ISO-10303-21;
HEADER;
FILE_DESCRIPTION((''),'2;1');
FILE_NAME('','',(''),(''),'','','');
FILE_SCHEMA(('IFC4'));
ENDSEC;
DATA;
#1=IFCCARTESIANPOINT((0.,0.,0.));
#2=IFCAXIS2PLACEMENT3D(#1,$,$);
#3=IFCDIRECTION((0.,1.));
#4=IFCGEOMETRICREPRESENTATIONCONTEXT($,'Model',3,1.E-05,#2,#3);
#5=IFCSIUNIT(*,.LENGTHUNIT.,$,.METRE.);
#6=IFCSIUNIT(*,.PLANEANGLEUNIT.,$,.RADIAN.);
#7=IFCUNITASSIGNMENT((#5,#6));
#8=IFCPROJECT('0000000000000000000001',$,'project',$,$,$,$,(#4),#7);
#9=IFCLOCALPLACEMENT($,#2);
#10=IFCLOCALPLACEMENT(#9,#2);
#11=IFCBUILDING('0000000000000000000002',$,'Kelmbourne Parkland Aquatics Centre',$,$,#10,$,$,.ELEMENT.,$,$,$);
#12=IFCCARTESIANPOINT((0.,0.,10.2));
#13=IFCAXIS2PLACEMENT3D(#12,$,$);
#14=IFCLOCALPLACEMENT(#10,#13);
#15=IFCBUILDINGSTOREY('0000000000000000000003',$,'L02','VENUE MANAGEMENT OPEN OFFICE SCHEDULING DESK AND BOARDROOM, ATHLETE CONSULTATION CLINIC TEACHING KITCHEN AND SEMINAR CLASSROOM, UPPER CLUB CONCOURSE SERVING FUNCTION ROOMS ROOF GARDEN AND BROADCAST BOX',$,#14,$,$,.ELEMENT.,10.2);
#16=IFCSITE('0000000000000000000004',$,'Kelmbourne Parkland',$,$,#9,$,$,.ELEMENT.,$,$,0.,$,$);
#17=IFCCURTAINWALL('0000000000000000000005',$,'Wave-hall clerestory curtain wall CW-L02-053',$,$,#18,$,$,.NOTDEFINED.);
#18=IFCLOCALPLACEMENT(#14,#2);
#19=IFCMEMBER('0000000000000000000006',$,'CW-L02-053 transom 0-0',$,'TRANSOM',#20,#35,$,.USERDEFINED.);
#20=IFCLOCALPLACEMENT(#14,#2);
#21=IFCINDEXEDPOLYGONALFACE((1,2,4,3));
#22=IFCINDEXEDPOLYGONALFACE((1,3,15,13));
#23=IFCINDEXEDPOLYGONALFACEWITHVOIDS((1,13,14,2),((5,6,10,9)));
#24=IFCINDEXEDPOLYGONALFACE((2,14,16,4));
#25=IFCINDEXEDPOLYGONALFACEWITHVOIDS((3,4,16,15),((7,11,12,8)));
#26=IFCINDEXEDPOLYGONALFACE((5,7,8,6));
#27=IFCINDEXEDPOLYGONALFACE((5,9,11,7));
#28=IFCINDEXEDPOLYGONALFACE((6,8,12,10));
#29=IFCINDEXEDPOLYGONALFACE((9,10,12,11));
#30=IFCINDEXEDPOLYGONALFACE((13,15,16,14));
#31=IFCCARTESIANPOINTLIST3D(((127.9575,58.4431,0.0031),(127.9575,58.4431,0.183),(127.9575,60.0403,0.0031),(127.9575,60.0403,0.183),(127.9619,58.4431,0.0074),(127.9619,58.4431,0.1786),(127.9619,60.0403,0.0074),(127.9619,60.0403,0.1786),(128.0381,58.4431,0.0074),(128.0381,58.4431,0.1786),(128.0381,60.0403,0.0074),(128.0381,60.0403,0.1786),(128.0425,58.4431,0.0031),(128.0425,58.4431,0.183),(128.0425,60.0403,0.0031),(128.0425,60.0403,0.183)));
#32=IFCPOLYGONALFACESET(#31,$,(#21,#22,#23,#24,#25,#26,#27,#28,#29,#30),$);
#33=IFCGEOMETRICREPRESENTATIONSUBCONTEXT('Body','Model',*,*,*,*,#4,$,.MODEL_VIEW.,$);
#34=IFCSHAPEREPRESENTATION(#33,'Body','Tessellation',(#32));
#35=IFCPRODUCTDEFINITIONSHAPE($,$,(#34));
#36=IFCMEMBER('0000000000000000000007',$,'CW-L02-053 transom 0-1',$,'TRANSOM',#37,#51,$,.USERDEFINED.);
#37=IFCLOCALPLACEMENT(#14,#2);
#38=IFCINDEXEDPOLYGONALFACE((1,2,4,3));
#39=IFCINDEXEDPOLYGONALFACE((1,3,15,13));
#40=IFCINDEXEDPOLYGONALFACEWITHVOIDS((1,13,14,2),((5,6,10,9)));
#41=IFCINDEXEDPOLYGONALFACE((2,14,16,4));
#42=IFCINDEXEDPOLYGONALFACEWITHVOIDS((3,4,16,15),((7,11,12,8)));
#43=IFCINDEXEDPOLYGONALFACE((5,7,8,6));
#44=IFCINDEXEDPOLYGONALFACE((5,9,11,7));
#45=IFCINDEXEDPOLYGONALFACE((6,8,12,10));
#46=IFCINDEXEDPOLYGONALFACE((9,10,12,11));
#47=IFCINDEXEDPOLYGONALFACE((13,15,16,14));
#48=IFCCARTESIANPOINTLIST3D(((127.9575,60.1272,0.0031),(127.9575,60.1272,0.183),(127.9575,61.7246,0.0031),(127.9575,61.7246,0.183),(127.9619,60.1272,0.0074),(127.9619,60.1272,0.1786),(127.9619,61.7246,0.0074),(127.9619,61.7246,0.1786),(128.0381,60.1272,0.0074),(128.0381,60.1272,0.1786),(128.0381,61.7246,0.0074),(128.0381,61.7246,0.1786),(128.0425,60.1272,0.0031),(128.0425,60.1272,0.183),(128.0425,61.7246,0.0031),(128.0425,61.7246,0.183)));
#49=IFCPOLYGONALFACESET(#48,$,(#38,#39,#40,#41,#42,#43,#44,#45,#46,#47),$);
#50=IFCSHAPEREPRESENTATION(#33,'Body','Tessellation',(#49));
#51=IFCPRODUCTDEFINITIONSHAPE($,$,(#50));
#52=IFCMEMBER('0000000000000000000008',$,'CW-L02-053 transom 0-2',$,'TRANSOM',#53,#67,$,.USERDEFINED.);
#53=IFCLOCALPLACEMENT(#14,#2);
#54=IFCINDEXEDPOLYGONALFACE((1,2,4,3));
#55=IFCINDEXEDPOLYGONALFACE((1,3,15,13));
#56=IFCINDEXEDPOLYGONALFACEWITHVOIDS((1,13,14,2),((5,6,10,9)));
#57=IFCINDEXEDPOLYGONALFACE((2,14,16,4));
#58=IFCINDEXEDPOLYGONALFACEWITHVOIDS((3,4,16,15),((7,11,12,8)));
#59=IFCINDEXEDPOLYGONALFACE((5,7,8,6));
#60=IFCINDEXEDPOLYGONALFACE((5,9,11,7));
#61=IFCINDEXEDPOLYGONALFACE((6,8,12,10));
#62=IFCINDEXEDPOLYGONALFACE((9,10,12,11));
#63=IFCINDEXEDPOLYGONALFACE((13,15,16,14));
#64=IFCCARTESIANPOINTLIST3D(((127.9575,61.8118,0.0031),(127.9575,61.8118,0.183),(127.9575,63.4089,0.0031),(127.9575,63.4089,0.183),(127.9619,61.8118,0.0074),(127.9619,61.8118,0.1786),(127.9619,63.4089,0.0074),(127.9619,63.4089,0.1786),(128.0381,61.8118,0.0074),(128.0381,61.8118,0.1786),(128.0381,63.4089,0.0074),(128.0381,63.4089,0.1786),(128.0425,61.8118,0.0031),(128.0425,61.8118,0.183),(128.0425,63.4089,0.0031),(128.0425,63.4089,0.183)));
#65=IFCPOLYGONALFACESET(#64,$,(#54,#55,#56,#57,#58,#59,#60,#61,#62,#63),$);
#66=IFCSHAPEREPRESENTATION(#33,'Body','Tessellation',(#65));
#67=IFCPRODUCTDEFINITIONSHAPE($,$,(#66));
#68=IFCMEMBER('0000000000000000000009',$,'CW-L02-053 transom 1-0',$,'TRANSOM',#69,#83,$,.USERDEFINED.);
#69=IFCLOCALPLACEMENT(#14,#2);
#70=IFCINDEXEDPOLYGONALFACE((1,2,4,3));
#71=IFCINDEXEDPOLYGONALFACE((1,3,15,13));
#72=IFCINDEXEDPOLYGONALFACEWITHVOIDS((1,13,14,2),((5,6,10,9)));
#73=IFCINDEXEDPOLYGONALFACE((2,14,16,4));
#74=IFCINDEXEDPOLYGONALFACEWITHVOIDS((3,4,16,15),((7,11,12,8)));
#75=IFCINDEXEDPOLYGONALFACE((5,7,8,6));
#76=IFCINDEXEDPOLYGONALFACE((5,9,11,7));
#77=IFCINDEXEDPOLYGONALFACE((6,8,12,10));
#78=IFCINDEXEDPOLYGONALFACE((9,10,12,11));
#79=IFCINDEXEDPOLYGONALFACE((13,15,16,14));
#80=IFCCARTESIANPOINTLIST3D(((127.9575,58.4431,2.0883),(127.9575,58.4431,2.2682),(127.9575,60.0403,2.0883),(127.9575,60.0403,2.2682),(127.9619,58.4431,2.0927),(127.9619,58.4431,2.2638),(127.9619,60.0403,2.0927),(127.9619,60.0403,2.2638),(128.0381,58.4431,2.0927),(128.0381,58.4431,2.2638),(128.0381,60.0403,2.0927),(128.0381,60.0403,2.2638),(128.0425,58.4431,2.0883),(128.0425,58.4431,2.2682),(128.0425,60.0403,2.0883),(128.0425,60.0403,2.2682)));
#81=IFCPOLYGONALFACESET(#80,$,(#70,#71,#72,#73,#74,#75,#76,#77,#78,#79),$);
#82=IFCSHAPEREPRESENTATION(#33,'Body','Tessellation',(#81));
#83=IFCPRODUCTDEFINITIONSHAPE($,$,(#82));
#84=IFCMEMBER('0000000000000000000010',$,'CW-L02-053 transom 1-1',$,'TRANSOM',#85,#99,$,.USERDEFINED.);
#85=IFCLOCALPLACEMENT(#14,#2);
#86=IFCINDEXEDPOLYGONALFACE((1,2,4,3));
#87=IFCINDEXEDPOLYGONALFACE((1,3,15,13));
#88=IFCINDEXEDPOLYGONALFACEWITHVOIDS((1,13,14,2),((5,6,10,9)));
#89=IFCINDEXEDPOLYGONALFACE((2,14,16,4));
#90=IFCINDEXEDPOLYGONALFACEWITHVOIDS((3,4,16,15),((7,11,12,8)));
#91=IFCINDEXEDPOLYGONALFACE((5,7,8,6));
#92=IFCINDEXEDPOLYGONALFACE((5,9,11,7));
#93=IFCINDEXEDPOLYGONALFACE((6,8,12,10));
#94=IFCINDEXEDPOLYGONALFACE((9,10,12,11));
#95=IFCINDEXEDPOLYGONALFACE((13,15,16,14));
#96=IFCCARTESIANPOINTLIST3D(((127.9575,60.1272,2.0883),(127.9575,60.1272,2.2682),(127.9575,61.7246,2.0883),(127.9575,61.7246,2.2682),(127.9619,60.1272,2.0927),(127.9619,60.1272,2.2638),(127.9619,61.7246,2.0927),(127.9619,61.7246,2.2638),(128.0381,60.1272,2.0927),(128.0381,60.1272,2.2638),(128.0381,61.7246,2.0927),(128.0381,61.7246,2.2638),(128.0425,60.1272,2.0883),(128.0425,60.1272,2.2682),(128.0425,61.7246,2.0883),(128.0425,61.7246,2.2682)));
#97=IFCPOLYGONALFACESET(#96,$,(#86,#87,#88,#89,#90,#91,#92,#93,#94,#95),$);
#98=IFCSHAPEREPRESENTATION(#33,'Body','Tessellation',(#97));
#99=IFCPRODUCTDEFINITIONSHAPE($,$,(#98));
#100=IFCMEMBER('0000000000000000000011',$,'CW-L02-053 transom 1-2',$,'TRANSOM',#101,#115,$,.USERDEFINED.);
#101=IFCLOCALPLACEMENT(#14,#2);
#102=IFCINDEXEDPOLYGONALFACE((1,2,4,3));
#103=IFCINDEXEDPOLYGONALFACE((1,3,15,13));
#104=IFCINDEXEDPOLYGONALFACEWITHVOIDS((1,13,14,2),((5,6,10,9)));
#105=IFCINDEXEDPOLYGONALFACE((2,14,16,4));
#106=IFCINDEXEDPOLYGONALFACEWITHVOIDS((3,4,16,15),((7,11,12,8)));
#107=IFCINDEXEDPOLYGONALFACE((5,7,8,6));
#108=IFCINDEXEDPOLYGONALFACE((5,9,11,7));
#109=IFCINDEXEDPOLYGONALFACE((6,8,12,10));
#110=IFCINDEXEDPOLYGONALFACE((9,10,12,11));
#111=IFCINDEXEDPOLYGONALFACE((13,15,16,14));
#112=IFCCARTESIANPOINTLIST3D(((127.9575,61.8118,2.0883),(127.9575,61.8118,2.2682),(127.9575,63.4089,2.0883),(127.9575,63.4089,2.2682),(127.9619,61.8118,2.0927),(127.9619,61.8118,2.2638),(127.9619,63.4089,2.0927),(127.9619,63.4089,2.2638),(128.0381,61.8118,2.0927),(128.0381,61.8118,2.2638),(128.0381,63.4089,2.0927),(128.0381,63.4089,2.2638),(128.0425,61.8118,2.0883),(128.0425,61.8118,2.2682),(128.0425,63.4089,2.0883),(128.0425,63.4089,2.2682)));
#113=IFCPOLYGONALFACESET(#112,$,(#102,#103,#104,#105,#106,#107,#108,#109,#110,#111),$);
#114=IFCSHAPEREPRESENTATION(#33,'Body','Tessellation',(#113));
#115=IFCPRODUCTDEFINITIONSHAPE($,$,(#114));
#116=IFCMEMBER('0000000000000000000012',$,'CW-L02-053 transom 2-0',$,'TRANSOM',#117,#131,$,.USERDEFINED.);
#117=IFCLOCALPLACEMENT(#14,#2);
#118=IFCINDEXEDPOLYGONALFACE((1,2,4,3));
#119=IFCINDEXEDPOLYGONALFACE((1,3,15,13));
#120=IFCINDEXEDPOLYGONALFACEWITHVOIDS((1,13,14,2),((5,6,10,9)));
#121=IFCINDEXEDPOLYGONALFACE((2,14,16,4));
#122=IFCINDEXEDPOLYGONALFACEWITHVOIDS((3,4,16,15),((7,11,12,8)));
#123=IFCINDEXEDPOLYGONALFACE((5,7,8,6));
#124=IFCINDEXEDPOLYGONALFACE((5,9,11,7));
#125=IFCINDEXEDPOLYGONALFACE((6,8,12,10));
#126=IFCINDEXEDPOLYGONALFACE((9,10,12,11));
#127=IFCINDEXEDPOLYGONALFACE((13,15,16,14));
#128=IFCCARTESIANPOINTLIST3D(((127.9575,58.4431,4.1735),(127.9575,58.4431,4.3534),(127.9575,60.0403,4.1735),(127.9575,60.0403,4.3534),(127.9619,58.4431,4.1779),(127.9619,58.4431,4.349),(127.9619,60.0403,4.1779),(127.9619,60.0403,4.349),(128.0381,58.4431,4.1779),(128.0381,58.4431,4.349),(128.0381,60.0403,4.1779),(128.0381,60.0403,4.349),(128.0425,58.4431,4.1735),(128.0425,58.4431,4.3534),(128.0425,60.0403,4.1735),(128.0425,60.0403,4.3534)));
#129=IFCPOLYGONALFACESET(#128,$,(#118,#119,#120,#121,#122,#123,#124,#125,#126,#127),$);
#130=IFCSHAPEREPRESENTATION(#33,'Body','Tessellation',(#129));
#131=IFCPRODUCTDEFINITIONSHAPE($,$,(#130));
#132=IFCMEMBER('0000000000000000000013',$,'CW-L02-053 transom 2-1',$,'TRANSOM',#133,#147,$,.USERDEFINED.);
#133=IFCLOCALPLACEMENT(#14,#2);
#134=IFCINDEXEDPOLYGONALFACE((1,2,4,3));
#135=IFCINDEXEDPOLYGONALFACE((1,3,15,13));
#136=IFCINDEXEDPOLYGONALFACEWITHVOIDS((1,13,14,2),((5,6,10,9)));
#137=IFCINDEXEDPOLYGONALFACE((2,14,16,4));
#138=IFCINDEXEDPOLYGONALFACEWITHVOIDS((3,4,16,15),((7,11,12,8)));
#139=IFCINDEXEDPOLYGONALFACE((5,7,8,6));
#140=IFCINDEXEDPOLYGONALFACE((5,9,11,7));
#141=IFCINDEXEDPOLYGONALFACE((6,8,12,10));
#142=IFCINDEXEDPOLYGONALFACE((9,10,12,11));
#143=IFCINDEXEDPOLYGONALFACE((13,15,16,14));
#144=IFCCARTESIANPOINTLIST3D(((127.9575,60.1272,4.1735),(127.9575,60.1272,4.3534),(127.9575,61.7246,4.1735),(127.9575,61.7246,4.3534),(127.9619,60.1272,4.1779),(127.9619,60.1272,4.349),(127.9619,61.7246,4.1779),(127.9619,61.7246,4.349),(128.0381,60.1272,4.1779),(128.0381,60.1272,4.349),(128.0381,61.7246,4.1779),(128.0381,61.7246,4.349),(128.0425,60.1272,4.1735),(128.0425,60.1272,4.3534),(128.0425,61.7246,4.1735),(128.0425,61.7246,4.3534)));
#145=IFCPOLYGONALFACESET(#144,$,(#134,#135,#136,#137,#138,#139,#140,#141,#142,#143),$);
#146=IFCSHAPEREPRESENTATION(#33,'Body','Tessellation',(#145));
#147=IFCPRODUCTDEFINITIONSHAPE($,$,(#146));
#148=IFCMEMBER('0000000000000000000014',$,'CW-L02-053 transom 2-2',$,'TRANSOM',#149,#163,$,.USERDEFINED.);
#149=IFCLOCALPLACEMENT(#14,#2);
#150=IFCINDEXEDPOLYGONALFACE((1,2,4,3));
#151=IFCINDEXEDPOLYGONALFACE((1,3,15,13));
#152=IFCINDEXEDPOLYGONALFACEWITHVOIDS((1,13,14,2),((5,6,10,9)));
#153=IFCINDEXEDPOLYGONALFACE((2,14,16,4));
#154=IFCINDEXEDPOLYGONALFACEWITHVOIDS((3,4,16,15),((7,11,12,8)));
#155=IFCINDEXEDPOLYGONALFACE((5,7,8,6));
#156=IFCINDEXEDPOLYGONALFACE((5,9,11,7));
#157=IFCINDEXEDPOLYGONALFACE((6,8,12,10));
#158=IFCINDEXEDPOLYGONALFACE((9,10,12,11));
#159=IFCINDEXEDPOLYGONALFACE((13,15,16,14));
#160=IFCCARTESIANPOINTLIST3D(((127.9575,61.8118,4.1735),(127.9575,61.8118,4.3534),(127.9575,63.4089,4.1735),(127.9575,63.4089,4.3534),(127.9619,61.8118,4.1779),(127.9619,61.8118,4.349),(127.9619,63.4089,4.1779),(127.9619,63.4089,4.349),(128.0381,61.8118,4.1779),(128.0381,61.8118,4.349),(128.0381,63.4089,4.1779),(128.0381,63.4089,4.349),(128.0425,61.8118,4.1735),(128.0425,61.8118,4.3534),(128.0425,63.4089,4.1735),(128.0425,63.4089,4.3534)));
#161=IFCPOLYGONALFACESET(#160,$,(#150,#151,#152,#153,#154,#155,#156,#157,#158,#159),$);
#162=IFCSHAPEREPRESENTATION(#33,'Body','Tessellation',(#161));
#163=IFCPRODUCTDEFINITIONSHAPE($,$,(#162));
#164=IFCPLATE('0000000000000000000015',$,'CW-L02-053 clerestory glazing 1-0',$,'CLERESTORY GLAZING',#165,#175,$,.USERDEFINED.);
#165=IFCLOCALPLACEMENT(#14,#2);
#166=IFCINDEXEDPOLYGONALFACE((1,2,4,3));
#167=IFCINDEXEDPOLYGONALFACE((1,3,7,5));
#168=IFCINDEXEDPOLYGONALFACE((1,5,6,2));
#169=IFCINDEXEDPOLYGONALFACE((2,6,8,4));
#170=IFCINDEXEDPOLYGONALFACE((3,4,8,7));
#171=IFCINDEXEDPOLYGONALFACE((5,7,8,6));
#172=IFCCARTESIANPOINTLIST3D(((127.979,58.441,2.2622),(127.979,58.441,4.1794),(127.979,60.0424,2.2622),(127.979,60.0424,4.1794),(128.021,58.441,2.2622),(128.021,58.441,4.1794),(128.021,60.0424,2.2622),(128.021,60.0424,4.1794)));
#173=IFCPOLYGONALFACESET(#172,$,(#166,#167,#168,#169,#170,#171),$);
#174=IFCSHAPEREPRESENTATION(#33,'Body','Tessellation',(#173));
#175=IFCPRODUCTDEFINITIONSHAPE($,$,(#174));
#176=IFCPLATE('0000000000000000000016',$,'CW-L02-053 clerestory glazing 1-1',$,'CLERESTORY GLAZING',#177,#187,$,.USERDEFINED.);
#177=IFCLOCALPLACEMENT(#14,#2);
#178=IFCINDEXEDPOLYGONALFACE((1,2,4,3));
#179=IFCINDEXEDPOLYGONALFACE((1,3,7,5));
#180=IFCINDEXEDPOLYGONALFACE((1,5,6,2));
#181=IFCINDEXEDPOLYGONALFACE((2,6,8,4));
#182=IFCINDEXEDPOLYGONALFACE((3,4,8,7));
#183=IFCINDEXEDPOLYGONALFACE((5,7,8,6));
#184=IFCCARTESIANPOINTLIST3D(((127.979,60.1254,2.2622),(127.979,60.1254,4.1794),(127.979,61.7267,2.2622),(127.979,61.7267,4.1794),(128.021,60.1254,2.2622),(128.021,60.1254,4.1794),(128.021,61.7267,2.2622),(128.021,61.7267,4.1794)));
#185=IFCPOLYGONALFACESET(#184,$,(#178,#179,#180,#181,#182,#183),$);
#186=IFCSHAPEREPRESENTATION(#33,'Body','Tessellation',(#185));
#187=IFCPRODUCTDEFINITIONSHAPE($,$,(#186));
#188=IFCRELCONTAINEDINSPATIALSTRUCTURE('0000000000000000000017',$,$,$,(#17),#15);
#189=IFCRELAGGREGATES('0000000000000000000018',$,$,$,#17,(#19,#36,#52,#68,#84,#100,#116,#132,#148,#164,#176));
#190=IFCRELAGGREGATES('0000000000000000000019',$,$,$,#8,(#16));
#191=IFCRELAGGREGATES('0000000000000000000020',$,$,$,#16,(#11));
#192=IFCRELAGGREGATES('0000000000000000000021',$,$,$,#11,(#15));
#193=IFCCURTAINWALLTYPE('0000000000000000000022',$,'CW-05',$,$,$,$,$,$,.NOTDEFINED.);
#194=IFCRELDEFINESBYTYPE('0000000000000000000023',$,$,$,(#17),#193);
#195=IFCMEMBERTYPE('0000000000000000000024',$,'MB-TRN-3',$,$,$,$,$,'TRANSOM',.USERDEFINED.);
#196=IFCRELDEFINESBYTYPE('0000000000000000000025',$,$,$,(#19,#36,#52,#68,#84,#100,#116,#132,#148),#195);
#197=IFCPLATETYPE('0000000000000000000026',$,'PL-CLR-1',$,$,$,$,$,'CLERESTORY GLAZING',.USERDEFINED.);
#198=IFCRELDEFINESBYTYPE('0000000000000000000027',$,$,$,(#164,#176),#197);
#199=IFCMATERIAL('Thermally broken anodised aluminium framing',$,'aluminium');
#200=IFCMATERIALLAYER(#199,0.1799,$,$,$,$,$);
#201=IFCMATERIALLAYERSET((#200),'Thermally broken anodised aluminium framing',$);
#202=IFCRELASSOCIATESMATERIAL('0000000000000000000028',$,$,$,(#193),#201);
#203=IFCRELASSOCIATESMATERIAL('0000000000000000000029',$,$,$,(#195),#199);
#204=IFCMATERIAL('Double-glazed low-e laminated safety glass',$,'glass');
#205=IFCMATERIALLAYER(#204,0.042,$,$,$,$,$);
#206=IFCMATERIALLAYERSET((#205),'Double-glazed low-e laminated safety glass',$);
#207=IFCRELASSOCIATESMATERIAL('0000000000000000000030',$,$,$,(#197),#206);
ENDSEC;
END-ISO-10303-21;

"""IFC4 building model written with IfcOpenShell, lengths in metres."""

from ifc_helpers import new_model, si_unit, direction, frame, origin, origin_2d, place, context, subcontext, project, spatial, rectangle, hollow_rectangle, extrude, material, layer, layer_set, material_profile, profile_set, type_object, element, aggregate, save


model = new_model("IFC4")

# Units and contexts
model_context = context("Model", 3, precision=1e-05, world=origin(), true_north=direction((0.0, 1.0)))
body_context = subcontext(model_context, "Body", "Model", "MODEL_VIEW")
ifc_project = project(units=[si_unit("LENGTHUNIT", "METRE"), si_unit("PLANEANGLEUNIT", "RADIAN")], contexts=[model_context])

# Site, building, storey
site_placement = place(None, origin())
site = spatial("IfcSite", under=ifc_project, at=site_placement, Name="Kelmbourne Parkland", CompositionType="ELEMENT", RefElevation=0.0)
building_placement = place(site_placement, origin())
building = spatial("IfcBuilding", under=site, at=building_placement, Name="Kelmbourne Parkland Aquatics Centre", CompositionType="ELEMENT")
storey_placement = place(building_placement, frame((0.0, 0.0, 10.2)))
storey = spatial("IfcBuildingStorey", under=building, at=storey_placement, Name="L02", Description="VENUE MANAGEMENT OPEN OFFICE SCHEDULING DESK AND BOARDROOM, ATHLETE CONSULTATION CLINIC TEACHING KITCHEN AND SEMINAR CLASSROOM, UPPER CLUB CONCOURSE SERVING FUNCTION ROOMS ROOF GARDEN AND BROADCAST BOX", CompositionType="ELEMENT", Elevation=10.2)

# Shared definitions
ifc_material_1 = material(Name="Thermally broken anodised aluminium framing", Category="aluminium")

# Curtain wall, members, plates
ifc_layer_1 = layer(ifc_material_1, 0.1799)
ifc_layer_set_1 = layer_set([ifc_layer_1], Name="Thermally broken anodised aluminium framing")
curtain_wall_type_1 = type_object("IfcCurtainWallType", Name="CW-05", PredefinedType="NOTDEFINED", material=ifc_layer_set_1)
curtain_wall_1_placement = place(storey_placement, origin())
curtain_wall_1 = element("IfcCurtainWall", 1, at=curtain_wall_1_placement, inside=storey, type_object=curtain_wall_type_1, Name="Wave-hall clerestory curtain wall CW-L02-053", PredefinedType="NOTDEFINED")
ifc_material_profile_1 = material_profile(ifc_material_1, hollow_rectangle(XDim=0.085, YDim=0.1799, WallThickness=0.0044, at=origin_2d()), Name="CW-T 85x180")
ifc_profile_set_1 = profile_set([ifc_material_profile_1], Name="Thermally broken anodised aluminium framing")
member_type_1 = type_object("IfcMemberType", Name="MB-TRN-3", ElementType="TRANSOM", PredefinedType="USERDEFINED", material=ifc_profile_set_1)
member_1_placement = place(storey_placement, frame((128.0, 58.4431, 0.093), z_axis=(0.0, 1.0, 0.0), x_axis=(-1.0, 0.0, 0.0)))
member_1 = element("IfcMember", 2, at=member_1_placement, type_object=member_type_1, Name="CW-L02-053 transom 0-0", ObjectType="TRANSOM", PredefinedType="USERDEFINED", context=body_context, shape_type="SweptSolid", body=[
    extrude(hollow_rectangle(XDim=0.085, YDim=0.1799, WallThickness=0.0044, at=origin_2d()), origin(), (0.0, 0.0, 1.0), 1.5972),
])
member_2_placement = place(storey_placement, frame((128.0, 60.1272, 0.093), z_axis=(0.0, 1.0, 0.0), x_axis=(-1.0, 0.0, 0.0)))
member_2 = element("IfcMember", 3, at=member_2_placement, type_object=member_type_1, Name="CW-L02-053 transom 0-1", ObjectType="TRANSOM", PredefinedType="USERDEFINED", context=body_context, shape_type="SweptSolid", body=[
    extrude(hollow_rectangle(XDim=0.085, YDim=0.1799, WallThickness=0.0044, at=origin_2d()), origin(), (0.0, 0.0, 1.0), 1.5974),
])
member_3_placement = place(storey_placement, frame((128.0, 61.8118, 0.093), z_axis=(0.0, 1.0, 0.0), x_axis=(-1.0, 0.0, 0.0)))
member_3 = element("IfcMember", 4, at=member_3_placement, type_object=member_type_1, Name="CW-L02-053 transom 0-2", ObjectType="TRANSOM", PredefinedType="USERDEFINED", context=body_context, shape_type="SweptSolid", body=[
    extrude(hollow_rectangle(XDim=0.085, YDim=0.1799, WallThickness=0.0044, at=origin_2d()), origin(), (0.0, 0.0, 1.0), 1.5972),
])
member_4_placement = place(storey_placement, frame((128.0, 58.4431, 2.1782), z_axis=(0.0, 1.0, 0.0), x_axis=(-1.0, 0.0, 0.0)))
member_4 = element("IfcMember", 5, at=member_4_placement, type_object=member_type_1, Name="CW-L02-053 transom 1-0", ObjectType="TRANSOM", PredefinedType="USERDEFINED", context=body_context, shape_type="SweptSolid", body=[
    extrude(hollow_rectangle(XDim=0.085, YDim=0.1799, WallThickness=0.0044, at=origin_2d()), origin(), (0.0, 0.0, 1.0), 1.5972),
])
member_5_placement = place(storey_placement, frame((128.0, 60.1272, 2.1782), z_axis=(0.0, 1.0, 0.0), x_axis=(-1.0, 0.0, 0.0)))
member_5 = element("IfcMember", 6, at=member_5_placement, type_object=member_type_1, Name="CW-L02-053 transom 1-1", ObjectType="TRANSOM", PredefinedType="USERDEFINED", context=body_context, shape_type="SweptSolid", body=[
    extrude(hollow_rectangle(XDim=0.085, YDim=0.1799, WallThickness=0.0044, at=origin_2d()), origin(), (0.0, 0.0, 1.0), 1.5974),
])
member_6_placement = place(storey_placement, frame((128.0, 61.8118, 2.1782), z_axis=(0.0, 1.0, 0.0), x_axis=(-1.0, 0.0, 0.0)))
member_6 = element("IfcMember", 7, at=member_6_placement, type_object=member_type_1, Name="CW-L02-053 transom 1-2", ObjectType="TRANSOM", PredefinedType="USERDEFINED", context=body_context, shape_type="SweptSolid", body=[
    extrude(hollow_rectangle(XDim=0.085, YDim=0.1799, WallThickness=0.0044, at=origin_2d()), origin(), (0.0, 0.0, 1.0), 1.5972),
])
member_7_placement = place(storey_placement, frame((128.0, 58.4431, 4.2634), z_axis=(0.0, 1.0, 0.0), x_axis=(-1.0, 0.0, 0.0)))
member_7 = element("IfcMember", 8, at=member_7_placement, type_object=member_type_1, Name="CW-L02-053 transom 2-0", ObjectType="TRANSOM", PredefinedType="USERDEFINED", context=body_context, shape_type="SweptSolid", body=[
    extrude(hollow_rectangle(XDim=0.085, YDim=0.1799, WallThickness=0.0044, at=origin_2d()), origin(), (0.0, 0.0, 1.0), 1.5972),
])
member_8_placement = place(storey_placement, frame((128.0, 60.1272, 4.2634), z_axis=(0.0, 1.0, 0.0), x_axis=(-1.0, 0.0, 0.0)))
member_8 = element("IfcMember", 9, at=member_8_placement, type_object=member_type_1, Name="CW-L02-053 transom 2-1", ObjectType="TRANSOM", PredefinedType="USERDEFINED", context=body_context, shape_type="SweptSolid", body=[
    extrude(hollow_rectangle(XDim=0.085, YDim=0.1799, WallThickness=0.0044, at=origin_2d()), origin(), (0.0, 0.0, 1.0), 1.5974),
])
member_9_placement = place(storey_placement, frame((128.0, 61.8118, 4.2634), z_axis=(0.0, 1.0, 0.0), x_axis=(-1.0, 0.0, 0.0)))
member_9 = element("IfcMember", 10, at=member_9_placement, type_object=member_type_1, Name="CW-L02-053 transom 2-2", ObjectType="TRANSOM", PredefinedType="USERDEFINED", context=body_context, shape_type="SweptSolid", body=[
    extrude(hollow_rectangle(XDim=0.085, YDim=0.1799, WallThickness=0.0044, at=origin_2d()), origin(), (0.0, 0.0, 1.0), 1.5972),
])
ifc_material_2 = material(Name="Double-glazed low-e laminated safety glass", Category="glass")
ifc_layer_2 = layer(ifc_material_2, 0.042)
ifc_layer_set_2 = layer_set([ifc_layer_2], Name="Double-glazed low-e laminated safety glass")
plate_type_1 = type_object("IfcPlateType", Name="PL-CLR-1", ElementType="CLERESTORY GLAZING", PredefinedType="USERDEFINED", material=ifc_layer_set_2)
plate_1_placement = place(storey_placement, frame((128.0, 59.2417, 2.2622), z_axis=(0.0, 0.0, 1.0), x_axis=(0.0, 1.0, 0.0)))
plate_1 = element("IfcPlate", 11, at=plate_1_placement, type_object=plate_type_1, Name="CW-L02-053 clerestory glazing 1-0", ObjectType="CLERESTORY GLAZING", PredefinedType="USERDEFINED", context=body_context, shape_type="SweptSolid", body=[
    extrude(rectangle(XDim=1.6013, YDim=0.042, at=origin_2d()), origin(), (0.0, 0.0, 1.0), 1.9172),
])
plate_2_placement = place(storey_placement, frame((128.0, 60.926, 2.2622), z_axis=(0.0, 0.0, 1.0), x_axis=(0.0, 1.0, 0.0)))
plate_2 = element("IfcPlate", 12, at=plate_2_placement, type_object=plate_type_1, Name="CW-L02-053 clerestory glazing 1-1", ObjectType="CLERESTORY GLAZING", PredefinedType="USERDEFINED", context=body_context, shape_type="SweptSolid", body=[
    extrude(rectangle(XDim=1.6013, YDim=0.042, at=origin_2d()), origin(), (0.0, 0.0, 1.0), 1.9172),
])
aggregate(curtain_wall_1, [member_1, member_2, member_3, member_4, member_5, member_6, member_7, member_8, member_9, plate_1, plate_2])

save(model, "model.ifc")
